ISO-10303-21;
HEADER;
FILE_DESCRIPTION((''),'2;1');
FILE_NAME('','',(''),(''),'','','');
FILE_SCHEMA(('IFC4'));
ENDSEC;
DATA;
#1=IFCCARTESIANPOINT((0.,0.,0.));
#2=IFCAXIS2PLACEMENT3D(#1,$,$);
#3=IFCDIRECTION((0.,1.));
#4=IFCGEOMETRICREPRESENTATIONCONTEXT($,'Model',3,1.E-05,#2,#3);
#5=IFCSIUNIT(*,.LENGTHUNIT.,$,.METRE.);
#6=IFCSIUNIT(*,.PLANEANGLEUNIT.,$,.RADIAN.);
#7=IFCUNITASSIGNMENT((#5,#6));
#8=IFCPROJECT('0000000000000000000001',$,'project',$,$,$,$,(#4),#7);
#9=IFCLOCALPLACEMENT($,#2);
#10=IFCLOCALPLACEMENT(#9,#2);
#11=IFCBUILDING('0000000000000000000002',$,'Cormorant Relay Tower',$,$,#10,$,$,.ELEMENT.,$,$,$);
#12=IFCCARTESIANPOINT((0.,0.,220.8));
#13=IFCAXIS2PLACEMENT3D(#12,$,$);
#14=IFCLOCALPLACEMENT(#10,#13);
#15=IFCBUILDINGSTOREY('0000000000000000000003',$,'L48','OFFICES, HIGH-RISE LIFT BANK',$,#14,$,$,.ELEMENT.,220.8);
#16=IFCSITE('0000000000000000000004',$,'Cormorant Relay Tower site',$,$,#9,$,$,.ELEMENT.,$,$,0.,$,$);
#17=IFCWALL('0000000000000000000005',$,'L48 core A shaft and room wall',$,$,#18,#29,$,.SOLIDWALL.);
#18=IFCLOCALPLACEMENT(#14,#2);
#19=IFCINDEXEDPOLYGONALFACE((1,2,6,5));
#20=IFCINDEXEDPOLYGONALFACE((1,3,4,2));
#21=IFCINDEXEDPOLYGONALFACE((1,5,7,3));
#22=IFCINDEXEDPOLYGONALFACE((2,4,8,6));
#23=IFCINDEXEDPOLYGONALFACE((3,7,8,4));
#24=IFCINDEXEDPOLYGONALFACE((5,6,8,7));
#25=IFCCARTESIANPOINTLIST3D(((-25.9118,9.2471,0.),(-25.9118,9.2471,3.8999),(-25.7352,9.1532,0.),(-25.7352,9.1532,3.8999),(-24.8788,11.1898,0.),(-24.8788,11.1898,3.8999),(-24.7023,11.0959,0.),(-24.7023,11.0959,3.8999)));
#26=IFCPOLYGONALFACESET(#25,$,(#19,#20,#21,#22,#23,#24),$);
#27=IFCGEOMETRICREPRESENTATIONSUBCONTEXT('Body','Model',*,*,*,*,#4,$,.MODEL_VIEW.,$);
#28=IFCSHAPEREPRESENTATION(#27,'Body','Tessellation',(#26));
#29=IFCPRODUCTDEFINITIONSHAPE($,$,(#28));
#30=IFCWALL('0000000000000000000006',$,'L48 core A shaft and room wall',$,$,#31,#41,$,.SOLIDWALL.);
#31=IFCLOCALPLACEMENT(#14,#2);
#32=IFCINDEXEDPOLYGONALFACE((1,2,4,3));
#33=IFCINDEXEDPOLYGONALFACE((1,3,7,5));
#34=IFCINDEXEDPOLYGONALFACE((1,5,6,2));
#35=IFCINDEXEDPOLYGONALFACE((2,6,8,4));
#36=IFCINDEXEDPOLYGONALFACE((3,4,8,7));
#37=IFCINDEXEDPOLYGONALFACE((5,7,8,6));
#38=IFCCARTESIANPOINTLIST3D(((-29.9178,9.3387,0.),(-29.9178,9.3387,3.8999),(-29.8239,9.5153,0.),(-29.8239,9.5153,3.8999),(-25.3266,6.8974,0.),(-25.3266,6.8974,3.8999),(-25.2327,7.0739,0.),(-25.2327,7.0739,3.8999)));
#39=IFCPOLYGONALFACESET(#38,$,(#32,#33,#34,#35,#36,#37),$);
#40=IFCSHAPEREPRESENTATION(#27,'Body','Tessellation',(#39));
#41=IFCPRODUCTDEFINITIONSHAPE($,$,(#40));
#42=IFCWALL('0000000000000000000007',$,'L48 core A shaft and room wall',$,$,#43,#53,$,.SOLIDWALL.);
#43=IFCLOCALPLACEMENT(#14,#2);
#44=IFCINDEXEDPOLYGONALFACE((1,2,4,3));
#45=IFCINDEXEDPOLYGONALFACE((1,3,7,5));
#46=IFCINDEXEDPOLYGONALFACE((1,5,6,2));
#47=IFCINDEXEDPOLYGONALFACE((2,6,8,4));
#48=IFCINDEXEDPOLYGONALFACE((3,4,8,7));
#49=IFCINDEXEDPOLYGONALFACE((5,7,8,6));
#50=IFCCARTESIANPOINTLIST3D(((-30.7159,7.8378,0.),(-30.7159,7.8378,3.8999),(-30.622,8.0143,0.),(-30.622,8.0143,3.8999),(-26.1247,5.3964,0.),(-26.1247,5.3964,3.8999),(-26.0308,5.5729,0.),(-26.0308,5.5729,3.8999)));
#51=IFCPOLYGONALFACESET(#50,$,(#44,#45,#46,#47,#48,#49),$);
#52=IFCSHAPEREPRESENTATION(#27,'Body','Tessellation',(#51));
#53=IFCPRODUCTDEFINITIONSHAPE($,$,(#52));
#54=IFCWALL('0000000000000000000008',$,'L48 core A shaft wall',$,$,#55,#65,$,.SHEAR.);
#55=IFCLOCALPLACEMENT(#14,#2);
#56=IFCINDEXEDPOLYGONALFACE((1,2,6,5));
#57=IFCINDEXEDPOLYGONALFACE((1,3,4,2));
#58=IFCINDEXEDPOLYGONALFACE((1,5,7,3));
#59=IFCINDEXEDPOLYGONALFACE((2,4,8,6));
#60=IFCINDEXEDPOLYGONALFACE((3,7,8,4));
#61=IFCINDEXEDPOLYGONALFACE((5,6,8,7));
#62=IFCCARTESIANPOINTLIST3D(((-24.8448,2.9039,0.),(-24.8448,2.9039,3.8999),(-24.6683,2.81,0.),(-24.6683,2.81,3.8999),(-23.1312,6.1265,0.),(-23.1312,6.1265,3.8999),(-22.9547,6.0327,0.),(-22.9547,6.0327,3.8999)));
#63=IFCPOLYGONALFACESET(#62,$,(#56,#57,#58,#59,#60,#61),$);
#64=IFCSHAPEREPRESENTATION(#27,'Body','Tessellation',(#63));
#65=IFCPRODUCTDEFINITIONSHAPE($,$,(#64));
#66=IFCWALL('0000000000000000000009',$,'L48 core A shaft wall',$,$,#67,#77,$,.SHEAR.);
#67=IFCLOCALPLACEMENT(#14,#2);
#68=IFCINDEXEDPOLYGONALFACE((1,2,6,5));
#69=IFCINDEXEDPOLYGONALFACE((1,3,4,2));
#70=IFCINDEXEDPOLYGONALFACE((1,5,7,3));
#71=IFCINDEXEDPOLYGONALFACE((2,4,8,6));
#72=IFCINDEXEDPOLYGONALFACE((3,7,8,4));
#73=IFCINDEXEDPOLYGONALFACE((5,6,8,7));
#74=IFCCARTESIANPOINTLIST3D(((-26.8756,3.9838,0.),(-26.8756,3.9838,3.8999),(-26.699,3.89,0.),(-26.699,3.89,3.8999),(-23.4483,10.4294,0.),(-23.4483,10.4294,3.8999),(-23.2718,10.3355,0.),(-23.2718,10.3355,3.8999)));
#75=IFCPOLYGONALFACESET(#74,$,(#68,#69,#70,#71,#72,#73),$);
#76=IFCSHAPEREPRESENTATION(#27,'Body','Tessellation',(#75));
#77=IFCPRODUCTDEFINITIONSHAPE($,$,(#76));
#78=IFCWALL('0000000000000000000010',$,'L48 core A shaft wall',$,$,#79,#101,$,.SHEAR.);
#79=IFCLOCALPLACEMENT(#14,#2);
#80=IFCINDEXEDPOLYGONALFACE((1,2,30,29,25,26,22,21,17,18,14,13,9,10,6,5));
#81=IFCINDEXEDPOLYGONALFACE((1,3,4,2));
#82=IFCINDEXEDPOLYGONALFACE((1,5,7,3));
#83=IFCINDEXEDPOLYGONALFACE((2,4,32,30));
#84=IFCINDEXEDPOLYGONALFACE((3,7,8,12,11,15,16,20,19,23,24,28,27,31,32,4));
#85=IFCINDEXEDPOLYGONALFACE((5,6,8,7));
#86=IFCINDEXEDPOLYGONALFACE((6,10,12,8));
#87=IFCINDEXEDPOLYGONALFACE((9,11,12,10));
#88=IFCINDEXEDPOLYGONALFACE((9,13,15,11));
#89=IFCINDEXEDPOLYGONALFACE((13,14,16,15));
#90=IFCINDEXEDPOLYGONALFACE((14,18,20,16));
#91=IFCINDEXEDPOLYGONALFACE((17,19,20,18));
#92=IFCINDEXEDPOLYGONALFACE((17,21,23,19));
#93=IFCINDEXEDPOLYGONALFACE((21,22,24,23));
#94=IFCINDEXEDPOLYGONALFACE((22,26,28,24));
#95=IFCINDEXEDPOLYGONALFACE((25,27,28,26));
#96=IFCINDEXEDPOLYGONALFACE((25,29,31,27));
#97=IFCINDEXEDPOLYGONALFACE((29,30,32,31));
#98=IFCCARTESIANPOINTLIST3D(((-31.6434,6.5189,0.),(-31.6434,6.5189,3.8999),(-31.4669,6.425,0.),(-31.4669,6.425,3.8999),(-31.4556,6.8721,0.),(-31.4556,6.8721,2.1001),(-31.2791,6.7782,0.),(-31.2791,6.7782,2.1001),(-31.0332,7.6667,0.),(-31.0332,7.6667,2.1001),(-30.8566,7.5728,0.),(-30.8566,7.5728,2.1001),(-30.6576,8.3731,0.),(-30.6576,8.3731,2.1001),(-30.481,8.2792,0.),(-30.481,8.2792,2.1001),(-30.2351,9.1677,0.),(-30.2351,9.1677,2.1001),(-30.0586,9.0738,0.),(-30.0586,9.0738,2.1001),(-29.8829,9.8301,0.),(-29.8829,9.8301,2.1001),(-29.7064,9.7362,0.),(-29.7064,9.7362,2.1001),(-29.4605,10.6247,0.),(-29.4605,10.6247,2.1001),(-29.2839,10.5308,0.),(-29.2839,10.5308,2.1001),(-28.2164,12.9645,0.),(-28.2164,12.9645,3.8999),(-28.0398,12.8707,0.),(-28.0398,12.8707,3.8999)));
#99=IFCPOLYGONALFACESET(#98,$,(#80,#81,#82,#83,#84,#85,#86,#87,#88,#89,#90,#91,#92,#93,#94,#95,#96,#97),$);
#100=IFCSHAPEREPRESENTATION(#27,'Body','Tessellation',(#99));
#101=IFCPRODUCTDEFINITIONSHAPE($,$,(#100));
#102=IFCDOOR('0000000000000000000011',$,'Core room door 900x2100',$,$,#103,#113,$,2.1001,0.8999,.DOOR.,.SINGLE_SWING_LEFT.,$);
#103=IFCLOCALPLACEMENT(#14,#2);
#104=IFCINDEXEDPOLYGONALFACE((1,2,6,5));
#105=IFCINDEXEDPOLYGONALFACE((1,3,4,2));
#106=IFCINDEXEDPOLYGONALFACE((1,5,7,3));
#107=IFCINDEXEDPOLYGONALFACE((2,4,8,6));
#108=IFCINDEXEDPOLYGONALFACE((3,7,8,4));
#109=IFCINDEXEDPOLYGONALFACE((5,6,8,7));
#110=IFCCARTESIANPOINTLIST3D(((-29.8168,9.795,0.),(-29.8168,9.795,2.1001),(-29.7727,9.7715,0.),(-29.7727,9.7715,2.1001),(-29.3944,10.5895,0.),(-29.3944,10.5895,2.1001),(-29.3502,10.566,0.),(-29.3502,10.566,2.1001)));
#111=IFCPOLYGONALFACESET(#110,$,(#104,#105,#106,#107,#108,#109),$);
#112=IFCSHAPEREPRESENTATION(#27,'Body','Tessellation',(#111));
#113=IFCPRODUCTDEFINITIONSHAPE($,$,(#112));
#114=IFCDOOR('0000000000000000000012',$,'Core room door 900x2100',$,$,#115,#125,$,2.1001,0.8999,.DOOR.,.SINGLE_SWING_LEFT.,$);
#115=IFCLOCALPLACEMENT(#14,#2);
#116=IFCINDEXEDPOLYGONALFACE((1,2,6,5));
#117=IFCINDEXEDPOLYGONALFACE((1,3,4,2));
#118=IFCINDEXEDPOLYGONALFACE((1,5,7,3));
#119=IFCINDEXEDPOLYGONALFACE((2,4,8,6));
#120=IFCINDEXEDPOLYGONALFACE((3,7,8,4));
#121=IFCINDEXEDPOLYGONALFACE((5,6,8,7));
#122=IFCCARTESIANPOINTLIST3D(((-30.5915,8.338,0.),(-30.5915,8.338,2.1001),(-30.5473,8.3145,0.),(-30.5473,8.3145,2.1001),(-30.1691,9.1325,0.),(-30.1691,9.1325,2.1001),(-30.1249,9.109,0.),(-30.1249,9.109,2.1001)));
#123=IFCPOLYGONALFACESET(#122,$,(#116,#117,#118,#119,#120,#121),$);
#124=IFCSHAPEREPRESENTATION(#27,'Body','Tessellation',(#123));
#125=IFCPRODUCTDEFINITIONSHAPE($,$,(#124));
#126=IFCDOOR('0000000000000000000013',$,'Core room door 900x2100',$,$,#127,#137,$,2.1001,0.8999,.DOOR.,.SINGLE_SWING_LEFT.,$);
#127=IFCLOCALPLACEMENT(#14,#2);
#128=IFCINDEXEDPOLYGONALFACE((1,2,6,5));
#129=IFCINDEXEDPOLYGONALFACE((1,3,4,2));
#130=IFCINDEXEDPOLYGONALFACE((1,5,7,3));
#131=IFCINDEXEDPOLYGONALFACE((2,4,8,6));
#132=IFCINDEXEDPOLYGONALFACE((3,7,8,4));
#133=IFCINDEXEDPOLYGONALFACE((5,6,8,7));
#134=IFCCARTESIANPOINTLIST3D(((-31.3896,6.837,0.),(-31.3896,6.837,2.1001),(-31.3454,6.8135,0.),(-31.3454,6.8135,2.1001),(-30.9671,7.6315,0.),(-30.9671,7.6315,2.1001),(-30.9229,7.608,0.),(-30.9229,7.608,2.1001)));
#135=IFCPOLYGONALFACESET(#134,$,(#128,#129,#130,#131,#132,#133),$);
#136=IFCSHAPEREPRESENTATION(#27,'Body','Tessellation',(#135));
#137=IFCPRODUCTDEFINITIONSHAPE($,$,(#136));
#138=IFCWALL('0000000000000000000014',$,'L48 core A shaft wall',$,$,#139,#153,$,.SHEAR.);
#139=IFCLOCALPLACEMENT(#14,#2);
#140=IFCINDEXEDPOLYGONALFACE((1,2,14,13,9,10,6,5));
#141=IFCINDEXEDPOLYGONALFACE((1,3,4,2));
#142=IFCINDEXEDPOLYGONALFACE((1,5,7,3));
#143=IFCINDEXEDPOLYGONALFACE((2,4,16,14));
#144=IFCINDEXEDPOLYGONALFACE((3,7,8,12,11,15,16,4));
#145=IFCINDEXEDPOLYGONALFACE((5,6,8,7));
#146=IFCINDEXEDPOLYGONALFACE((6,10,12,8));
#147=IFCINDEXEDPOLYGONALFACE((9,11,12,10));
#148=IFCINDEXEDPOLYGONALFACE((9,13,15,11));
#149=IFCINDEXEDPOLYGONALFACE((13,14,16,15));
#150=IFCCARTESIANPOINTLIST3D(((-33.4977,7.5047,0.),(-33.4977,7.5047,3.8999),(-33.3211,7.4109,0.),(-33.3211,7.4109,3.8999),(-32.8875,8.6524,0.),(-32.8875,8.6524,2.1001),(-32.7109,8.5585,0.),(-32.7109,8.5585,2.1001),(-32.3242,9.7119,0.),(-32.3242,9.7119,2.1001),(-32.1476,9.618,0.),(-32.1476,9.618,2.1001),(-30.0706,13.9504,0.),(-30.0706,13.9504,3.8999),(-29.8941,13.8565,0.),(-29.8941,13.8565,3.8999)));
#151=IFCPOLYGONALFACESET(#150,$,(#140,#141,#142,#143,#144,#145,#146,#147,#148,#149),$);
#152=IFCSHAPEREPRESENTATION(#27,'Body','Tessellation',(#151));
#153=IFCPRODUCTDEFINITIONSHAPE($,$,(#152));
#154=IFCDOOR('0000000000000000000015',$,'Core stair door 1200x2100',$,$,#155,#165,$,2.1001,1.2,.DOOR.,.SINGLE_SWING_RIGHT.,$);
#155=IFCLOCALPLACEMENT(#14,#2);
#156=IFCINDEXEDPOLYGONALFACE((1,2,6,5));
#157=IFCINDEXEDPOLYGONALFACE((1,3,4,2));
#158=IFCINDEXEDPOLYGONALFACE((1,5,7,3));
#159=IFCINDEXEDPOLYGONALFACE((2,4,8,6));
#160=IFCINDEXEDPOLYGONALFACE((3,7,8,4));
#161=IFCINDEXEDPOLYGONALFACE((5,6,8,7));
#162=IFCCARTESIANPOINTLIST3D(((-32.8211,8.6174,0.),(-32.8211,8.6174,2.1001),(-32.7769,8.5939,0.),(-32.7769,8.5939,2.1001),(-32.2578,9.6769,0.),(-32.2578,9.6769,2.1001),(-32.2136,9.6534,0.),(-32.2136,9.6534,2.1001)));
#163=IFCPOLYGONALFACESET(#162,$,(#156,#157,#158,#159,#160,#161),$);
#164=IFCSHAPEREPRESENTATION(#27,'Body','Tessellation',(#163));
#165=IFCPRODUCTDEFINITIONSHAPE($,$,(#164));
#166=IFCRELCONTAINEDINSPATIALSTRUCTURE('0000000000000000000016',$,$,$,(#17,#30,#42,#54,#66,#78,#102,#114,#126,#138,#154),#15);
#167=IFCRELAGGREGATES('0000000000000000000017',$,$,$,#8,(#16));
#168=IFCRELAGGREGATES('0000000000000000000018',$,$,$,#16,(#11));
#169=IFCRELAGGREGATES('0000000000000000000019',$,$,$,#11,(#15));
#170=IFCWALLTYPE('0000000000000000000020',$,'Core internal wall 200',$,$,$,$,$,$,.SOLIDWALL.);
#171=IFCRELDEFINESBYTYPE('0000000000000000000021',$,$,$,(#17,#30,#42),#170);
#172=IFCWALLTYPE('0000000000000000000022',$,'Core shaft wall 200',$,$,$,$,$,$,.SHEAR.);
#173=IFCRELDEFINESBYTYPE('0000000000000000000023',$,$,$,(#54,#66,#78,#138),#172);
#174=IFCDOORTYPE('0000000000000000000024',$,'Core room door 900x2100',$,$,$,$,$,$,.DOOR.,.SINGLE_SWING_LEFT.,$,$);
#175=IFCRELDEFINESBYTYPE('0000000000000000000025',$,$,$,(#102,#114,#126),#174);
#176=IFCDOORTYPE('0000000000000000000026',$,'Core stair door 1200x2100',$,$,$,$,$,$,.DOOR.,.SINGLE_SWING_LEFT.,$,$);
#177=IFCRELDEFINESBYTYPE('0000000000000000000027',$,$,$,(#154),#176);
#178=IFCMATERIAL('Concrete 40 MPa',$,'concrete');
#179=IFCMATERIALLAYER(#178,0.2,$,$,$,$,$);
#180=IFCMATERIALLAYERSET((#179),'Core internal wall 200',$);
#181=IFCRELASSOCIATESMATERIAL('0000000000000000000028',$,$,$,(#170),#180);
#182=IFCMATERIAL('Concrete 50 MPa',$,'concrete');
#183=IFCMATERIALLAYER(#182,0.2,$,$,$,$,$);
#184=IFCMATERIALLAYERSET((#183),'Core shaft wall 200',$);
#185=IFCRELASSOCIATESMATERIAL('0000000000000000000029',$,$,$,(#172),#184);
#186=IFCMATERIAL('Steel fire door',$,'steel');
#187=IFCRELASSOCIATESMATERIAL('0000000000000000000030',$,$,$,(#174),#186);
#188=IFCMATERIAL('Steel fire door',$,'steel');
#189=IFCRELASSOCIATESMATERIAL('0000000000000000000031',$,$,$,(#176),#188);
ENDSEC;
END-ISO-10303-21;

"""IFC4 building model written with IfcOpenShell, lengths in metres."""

from ifc_helpers import new_model, si_unit, direction, frame, frame_2d, origin, place, context, subcontext, project, spatial, rectangle, extrude, material, layer, layer_set, type_object, element, fill, save


model = new_model("IFC4")

# Units and contexts
model_context = context("Model", 3, precision=1e-05, world=origin(), true_north=direction((0.0, 1.0)))
body_context = subcontext(model_context, "Body", "Model", "MODEL_VIEW")
ifc_project = project(units=[si_unit("LENGTHUNIT", "METRE"), si_unit("PLANEANGLEUNIT", "RADIAN")], contexts=[model_context])

# Site, building, storey
site_placement = place(None, origin())
site = spatial("IfcSite", under=ifc_project, at=site_placement, Name="Cormorant Relay Tower site", CompositionType="ELEMENT", RefElevation=0.0)
building_placement = place(site_placement, origin())
building = spatial("IfcBuilding", under=site, at=building_placement, Name="Cormorant Relay Tower", CompositionType="ELEMENT")
storey_placement = place(building_placement, frame((0.0, 0.0, 220.8)))
storey = spatial("IfcBuildingStorey", under=building, at=storey_placement, Name="L48", Description="OFFICES, HIGH-RISE LIFT BANK", CompositionType="ELEMENT", Elevation=220.8)

# Walls
ifc_material_1 = material(Name="Concrete 40 MPa", Category="concrete")
ifc_layer_1 = layer(ifc_material_1, 0.2)
ifc_layer_set_1 = layer_set([ifc_layer_1], Name="Core internal wall 200")
wall_type_1 = type_object("IfcWallType", Name="Core internal wall 200", PredefinedType="SOLIDWALL", material=ifc_layer_set_1)
wall_1_placement = place(storey_placement, frame((-24.7905, 11.1428, 0.0), z_axis=(0.0, 0.0, 1.0), x_axis=(-0.469488, -0.882939, 0.0)))
element("IfcWall", 1, at=wall_1_placement, inside=storey, type_object=wall_type_1, Name="L48 core A shaft and room wall", PredefinedType="SOLIDWALL", context=body_context, shape_type="SweptSolid", body=[
    extrude(rectangle(XDim=2.2002, YDim=0.2, at=frame_2d((1.1001, 0.0))), origin(), (0.0, 0.0, 1.0), 3.8999),
])
for number, where, z_axis, x_axis, name in (
    (2, (-25.2795, 6.9856, 0.0), (0.0, 0.0, 1.0), (-0.882935, 0.469496, 0.0), "L48 core A shaft and room wall"),
    (3, (-26.0776, 5.4846, 0.0), (0.0, 0.0, 1.0), (-0.882935, 0.469496, 0.0), "L48 core A shaft and room wall"),
):
    element("IfcWall", number, at=place(storey_placement, frame(where, z_axis=z_axis, x_axis=x_axis)), inside=storey, type_object=wall_type_1, Name=name, PredefinedType="SOLIDWALL", context=body_context, shape_type="SweptSolid", body=[
        extrude(rectangle(XDim=5.2, YDim=0.2, at=frame_2d((2.6001, 0.0))), origin(), (0.0, 0.0, 1.0), 3.8999),
    ])
ifc_material_2 = material(Name="Concrete 50 MPa", Category="concrete")
ifc_layer_2 = layer(ifc_material_2, 0.2)
ifc_layer_set_2 = layer_set([ifc_layer_2], Name="Core shaft wall 200")
wall_type_2 = type_object("IfcWallType", Name="Core shaft wall 200", PredefinedType="SHEAR", material=ifc_layer_set_2)
wall_2_placement = place(storey_placement, frame((-23.043, 6.0796, 0.0), z_axis=(0.0, 0.0, 1.0), x_axis=(-0.469494, -0.882936, 0.0)))
element("IfcWall", 4, at=wall_2_placement, inside=storey, type_object=wall_type_2, Name="L48 core A shaft wall", PredefinedType="SHEAR", context=body_context, shape_type="SweptSolid", body=[
    extrude(rectangle(XDim=3.6499, YDim=0.2, at=frame_2d((1.825, 0.0))), origin(), (0.0, 0.0, 1.0), 3.8999),
])
wall_3_placement = place(storey_placement, frame((-23.3601, 10.3823, 0.0), z_axis=(0.0, 0.0, 1.0), x_axis=(-0.46948, -0.882943, 0.0)))
element("IfcWall", 5, at=wall_3_placement, inside=storey, type_object=wall_type_2, Name="L48 core A shaft wall", PredefinedType="SHEAR", context=body_context, shape_type="SweptSolid", body=[
    extrude(rectangle(XDim=7.3, YDim=0.2, at=frame_2d((3.6499, 0.0))), origin(), (0.0, 0.0, 1.0), 3.8999),
])

# Wall, openings, doors
wall_4_placement = place(storey_placement, frame((-28.1282, 12.9175, 0.0), z_axis=(0.0, 0.0, 1.0), x_axis=(-0.469454, -0.882957, 0.0)))
wall_4 = element("IfcWall", 6, at=wall_4_placement, inside=storey, type_object=wall_type_2, Name="L48 core A shaft wall", PredefinedType="SHEAR", context=body_context, shape_type="SweptSolid", body=[
    extrude(rectangle(XDim=7.3, YDim=0.2, at=frame_2d((3.6499, 0.0))), origin(), (0.0, 0.0, 1.0), 3.8999),
])
opening_1_placement = place(wall_4_placement, frame((2.6499, 0.0, 0.0)))
opening_1 = element("IfcOpeningElement", 7, at=opening_1_placement, cuts=wall_4, PredefinedType="OPENING", context=body_context, shape_type="SweptSolid", body=[
    extrude(rectangle(XDim=0.8999, YDim=2.1001, at=frame_2d((0.45, 1.05))), frame((0.0, 0.1099, 0.0), z_axis=(0.0, -1.0, 0.0), x_axis=(1.0, 0.0, 0.0)), (0.0, 0.0, 1.0), 0.22),
])
opening_2_placement = place(wall_4_placement, frame((4.3, 0.0, 0.0)))
opening_2 = element("IfcOpeningElement", 8, at=opening_2_placement, cuts=wall_4, PredefinedType="OPENING", context=body_context, shape_type="SweptSolid", body=[
    extrude(rectangle(XDim=0.8999, YDim=2.1001, at=frame_2d((0.45, 1.05))), frame((0.0, 0.1099, 0.0), z_axis=(0.0, -1.0, 0.0), x_axis=(1.0, 0.0, 0.0)), (0.0, 0.0, 1.0), 0.22),
])
opening_3_placement = place(wall_4_placement, frame((6.0, 0.0, 0.0)))
opening_3 = element("IfcOpeningElement", 9, at=opening_3_placement, cuts=wall_4, PredefinedType="OPENING", context=body_context, shape_type="SweptSolid", body=[
    extrude(rectangle(XDim=0.8999, YDim=2.1001, at=frame_2d((0.45, 1.05))), frame((0.0, 0.1099, 0.0), z_axis=(0.0, -1.0, 0.0), x_axis=(1.0, 0.0, 0.0)), (0.0, 0.0, 1.0), 0.22),
])
ifc_material_3 = material(Name="Steel fire door", Category="steel")
door_type_1 = type_object("IfcDoorType", Name="Core room door 900x2100", OperationType="SINGLE_SWING_LEFT", PredefinedType="DOOR", material=ifc_material_3)
door_1_placement = place(opening_1_placement, origin())
door_1 = element("IfcDoor", 10, at=door_1_placement, inside=storey, type_object=door_type_1, Name="Core room door 900x2100", OperationType="SINGLE_SWING_LEFT", OverallHeight=2.1001, OverallWidth=0.8999, PredefinedType="DOOR", context=body_context, shape_type="SweptSolid", body=[
    extrude(rectangle(XDim=0.8999, YDim=2.1001, at=frame_2d((0.45, 1.05))), frame((0.0, 0.0249, 0.0), z_axis=(0.0, -1.0, 0.0), x_axis=(1.0, 0.0, 0.0)), (0.0, 0.0, 1.0), 0.05),
])
fill(opening_1, door_1)
door_2_placement = place(opening_2_placement, origin())
door_2 = element("IfcDoor", 11, at=door_2_placement, inside=storey, type_object=door_type_1, Name="Core room door 900x2100", OperationType="SINGLE_SWING_LEFT", OverallHeight=2.1001, OverallWidth=0.8999, PredefinedType="DOOR", context=body_context, shape_type="SweptSolid", body=[
    extrude(rectangle(XDim=0.8999, YDim=2.1001, at=frame_2d((0.45, 1.05))), frame((0.0, 0.0249, 0.0), z_axis=(0.0, -1.0, 0.0), x_axis=(1.0, 0.0, 0.0)), (0.0, 0.0, 1.0), 0.05),
])
fill(opening_2, door_2)
door_3_placement = place(opening_3_placement, origin())
door_3 = element("IfcDoor", 12, at=door_3_placement, inside=storey, type_object=door_type_1, Name="Core room door 900x2100", OperationType="SINGLE_SWING_LEFT", OverallHeight=2.1001, OverallWidth=0.8999, PredefinedType="DOOR", context=body_context, shape_type="SweptSolid", body=[
    extrude(rectangle(XDim=0.8999, YDim=2.1001, at=frame_2d((0.45, 1.05))), frame((0.0, 0.0249, 0.0), z_axis=(0.0, -1.0, 0.0), x_axis=(1.0, 0.0, 0.0)), (0.0, 0.0, 1.0), 0.05),
])
fill(opening_3, door_3)

# Wall, opening, door
wall_5_placement = place(storey_placement, frame((-29.9824, 13.9033, 0.0), z_axis=(0.0, 0.0, 1.0), x_axis=(-0.469454, -0.882957, 0.0)))
wall_5 = element("IfcWall", 13, at=wall_5_placement, inside=storey, type_object=wall_type_2, Name="L48 core A shaft wall", PredefinedType="SHEAR", context=body_context, shape_type="SweptSolid", body=[
    extrude(rectangle(XDim=7.3, YDim=0.2, at=frame_2d((3.6499, 0.0))), origin(), (0.0, 0.0, 1.0), 3.8999),
])
opening_4_placement = place(wall_5_placement, frame((4.8, 0.0, 0.0)))
opening_4 = element("IfcOpeningElement", 14, at=opening_4_placement, cuts=wall_5, PredefinedType="OPENING", context=body_context, shape_type="SweptSolid", body=[
    extrude(rectangle(XDim=1.2, YDim=2.1001, at=frame_2d((0.6001, 1.05))), frame((0.0, 0.1099, 0.0), z_axis=(0.0, -1.0, 0.0), x_axis=(1.0, 0.0, 0.0)), (0.0, 0.0, 1.0), 0.22),
])
ifc_material_4 = material(Name="Steel fire door", Category="steel")
door_type_2 = type_object("IfcDoorType", Name="Core stair door 1200x2100", OperationType="SINGLE_SWING_LEFT", PredefinedType="DOOR", material=ifc_material_4)
door_4_placement = place(opening_4_placement, frame((1.2, 0.0, 0.0), z_axis=(0.0, 0.0, 1.0), x_axis=(-1.0, 0.0, 0.0)))
door_4 = element("IfcDoor", 15, at=door_4_placement, inside=storey, type_object=door_type_2, Name="Core stair door 1200x2100", OperationType="SINGLE_SWING_RIGHT", OverallHeight=2.1001, OverallWidth=1.2, PredefinedType="DOOR", context=body_context, shape_type="SweptSolid", body=[
    extrude(rectangle(XDim=1.2, YDim=2.1001, at=frame_2d((0.6001, 1.05))), frame((0.0, 0.0249, 0.0), z_axis=(0.0, -1.0, 0.0), x_axis=(1.0, 0.0, 0.0)), (0.0, 0.0, 1.0), 0.05),
])
fill(opening_4, door_4)

save(model, "model.ifc")
